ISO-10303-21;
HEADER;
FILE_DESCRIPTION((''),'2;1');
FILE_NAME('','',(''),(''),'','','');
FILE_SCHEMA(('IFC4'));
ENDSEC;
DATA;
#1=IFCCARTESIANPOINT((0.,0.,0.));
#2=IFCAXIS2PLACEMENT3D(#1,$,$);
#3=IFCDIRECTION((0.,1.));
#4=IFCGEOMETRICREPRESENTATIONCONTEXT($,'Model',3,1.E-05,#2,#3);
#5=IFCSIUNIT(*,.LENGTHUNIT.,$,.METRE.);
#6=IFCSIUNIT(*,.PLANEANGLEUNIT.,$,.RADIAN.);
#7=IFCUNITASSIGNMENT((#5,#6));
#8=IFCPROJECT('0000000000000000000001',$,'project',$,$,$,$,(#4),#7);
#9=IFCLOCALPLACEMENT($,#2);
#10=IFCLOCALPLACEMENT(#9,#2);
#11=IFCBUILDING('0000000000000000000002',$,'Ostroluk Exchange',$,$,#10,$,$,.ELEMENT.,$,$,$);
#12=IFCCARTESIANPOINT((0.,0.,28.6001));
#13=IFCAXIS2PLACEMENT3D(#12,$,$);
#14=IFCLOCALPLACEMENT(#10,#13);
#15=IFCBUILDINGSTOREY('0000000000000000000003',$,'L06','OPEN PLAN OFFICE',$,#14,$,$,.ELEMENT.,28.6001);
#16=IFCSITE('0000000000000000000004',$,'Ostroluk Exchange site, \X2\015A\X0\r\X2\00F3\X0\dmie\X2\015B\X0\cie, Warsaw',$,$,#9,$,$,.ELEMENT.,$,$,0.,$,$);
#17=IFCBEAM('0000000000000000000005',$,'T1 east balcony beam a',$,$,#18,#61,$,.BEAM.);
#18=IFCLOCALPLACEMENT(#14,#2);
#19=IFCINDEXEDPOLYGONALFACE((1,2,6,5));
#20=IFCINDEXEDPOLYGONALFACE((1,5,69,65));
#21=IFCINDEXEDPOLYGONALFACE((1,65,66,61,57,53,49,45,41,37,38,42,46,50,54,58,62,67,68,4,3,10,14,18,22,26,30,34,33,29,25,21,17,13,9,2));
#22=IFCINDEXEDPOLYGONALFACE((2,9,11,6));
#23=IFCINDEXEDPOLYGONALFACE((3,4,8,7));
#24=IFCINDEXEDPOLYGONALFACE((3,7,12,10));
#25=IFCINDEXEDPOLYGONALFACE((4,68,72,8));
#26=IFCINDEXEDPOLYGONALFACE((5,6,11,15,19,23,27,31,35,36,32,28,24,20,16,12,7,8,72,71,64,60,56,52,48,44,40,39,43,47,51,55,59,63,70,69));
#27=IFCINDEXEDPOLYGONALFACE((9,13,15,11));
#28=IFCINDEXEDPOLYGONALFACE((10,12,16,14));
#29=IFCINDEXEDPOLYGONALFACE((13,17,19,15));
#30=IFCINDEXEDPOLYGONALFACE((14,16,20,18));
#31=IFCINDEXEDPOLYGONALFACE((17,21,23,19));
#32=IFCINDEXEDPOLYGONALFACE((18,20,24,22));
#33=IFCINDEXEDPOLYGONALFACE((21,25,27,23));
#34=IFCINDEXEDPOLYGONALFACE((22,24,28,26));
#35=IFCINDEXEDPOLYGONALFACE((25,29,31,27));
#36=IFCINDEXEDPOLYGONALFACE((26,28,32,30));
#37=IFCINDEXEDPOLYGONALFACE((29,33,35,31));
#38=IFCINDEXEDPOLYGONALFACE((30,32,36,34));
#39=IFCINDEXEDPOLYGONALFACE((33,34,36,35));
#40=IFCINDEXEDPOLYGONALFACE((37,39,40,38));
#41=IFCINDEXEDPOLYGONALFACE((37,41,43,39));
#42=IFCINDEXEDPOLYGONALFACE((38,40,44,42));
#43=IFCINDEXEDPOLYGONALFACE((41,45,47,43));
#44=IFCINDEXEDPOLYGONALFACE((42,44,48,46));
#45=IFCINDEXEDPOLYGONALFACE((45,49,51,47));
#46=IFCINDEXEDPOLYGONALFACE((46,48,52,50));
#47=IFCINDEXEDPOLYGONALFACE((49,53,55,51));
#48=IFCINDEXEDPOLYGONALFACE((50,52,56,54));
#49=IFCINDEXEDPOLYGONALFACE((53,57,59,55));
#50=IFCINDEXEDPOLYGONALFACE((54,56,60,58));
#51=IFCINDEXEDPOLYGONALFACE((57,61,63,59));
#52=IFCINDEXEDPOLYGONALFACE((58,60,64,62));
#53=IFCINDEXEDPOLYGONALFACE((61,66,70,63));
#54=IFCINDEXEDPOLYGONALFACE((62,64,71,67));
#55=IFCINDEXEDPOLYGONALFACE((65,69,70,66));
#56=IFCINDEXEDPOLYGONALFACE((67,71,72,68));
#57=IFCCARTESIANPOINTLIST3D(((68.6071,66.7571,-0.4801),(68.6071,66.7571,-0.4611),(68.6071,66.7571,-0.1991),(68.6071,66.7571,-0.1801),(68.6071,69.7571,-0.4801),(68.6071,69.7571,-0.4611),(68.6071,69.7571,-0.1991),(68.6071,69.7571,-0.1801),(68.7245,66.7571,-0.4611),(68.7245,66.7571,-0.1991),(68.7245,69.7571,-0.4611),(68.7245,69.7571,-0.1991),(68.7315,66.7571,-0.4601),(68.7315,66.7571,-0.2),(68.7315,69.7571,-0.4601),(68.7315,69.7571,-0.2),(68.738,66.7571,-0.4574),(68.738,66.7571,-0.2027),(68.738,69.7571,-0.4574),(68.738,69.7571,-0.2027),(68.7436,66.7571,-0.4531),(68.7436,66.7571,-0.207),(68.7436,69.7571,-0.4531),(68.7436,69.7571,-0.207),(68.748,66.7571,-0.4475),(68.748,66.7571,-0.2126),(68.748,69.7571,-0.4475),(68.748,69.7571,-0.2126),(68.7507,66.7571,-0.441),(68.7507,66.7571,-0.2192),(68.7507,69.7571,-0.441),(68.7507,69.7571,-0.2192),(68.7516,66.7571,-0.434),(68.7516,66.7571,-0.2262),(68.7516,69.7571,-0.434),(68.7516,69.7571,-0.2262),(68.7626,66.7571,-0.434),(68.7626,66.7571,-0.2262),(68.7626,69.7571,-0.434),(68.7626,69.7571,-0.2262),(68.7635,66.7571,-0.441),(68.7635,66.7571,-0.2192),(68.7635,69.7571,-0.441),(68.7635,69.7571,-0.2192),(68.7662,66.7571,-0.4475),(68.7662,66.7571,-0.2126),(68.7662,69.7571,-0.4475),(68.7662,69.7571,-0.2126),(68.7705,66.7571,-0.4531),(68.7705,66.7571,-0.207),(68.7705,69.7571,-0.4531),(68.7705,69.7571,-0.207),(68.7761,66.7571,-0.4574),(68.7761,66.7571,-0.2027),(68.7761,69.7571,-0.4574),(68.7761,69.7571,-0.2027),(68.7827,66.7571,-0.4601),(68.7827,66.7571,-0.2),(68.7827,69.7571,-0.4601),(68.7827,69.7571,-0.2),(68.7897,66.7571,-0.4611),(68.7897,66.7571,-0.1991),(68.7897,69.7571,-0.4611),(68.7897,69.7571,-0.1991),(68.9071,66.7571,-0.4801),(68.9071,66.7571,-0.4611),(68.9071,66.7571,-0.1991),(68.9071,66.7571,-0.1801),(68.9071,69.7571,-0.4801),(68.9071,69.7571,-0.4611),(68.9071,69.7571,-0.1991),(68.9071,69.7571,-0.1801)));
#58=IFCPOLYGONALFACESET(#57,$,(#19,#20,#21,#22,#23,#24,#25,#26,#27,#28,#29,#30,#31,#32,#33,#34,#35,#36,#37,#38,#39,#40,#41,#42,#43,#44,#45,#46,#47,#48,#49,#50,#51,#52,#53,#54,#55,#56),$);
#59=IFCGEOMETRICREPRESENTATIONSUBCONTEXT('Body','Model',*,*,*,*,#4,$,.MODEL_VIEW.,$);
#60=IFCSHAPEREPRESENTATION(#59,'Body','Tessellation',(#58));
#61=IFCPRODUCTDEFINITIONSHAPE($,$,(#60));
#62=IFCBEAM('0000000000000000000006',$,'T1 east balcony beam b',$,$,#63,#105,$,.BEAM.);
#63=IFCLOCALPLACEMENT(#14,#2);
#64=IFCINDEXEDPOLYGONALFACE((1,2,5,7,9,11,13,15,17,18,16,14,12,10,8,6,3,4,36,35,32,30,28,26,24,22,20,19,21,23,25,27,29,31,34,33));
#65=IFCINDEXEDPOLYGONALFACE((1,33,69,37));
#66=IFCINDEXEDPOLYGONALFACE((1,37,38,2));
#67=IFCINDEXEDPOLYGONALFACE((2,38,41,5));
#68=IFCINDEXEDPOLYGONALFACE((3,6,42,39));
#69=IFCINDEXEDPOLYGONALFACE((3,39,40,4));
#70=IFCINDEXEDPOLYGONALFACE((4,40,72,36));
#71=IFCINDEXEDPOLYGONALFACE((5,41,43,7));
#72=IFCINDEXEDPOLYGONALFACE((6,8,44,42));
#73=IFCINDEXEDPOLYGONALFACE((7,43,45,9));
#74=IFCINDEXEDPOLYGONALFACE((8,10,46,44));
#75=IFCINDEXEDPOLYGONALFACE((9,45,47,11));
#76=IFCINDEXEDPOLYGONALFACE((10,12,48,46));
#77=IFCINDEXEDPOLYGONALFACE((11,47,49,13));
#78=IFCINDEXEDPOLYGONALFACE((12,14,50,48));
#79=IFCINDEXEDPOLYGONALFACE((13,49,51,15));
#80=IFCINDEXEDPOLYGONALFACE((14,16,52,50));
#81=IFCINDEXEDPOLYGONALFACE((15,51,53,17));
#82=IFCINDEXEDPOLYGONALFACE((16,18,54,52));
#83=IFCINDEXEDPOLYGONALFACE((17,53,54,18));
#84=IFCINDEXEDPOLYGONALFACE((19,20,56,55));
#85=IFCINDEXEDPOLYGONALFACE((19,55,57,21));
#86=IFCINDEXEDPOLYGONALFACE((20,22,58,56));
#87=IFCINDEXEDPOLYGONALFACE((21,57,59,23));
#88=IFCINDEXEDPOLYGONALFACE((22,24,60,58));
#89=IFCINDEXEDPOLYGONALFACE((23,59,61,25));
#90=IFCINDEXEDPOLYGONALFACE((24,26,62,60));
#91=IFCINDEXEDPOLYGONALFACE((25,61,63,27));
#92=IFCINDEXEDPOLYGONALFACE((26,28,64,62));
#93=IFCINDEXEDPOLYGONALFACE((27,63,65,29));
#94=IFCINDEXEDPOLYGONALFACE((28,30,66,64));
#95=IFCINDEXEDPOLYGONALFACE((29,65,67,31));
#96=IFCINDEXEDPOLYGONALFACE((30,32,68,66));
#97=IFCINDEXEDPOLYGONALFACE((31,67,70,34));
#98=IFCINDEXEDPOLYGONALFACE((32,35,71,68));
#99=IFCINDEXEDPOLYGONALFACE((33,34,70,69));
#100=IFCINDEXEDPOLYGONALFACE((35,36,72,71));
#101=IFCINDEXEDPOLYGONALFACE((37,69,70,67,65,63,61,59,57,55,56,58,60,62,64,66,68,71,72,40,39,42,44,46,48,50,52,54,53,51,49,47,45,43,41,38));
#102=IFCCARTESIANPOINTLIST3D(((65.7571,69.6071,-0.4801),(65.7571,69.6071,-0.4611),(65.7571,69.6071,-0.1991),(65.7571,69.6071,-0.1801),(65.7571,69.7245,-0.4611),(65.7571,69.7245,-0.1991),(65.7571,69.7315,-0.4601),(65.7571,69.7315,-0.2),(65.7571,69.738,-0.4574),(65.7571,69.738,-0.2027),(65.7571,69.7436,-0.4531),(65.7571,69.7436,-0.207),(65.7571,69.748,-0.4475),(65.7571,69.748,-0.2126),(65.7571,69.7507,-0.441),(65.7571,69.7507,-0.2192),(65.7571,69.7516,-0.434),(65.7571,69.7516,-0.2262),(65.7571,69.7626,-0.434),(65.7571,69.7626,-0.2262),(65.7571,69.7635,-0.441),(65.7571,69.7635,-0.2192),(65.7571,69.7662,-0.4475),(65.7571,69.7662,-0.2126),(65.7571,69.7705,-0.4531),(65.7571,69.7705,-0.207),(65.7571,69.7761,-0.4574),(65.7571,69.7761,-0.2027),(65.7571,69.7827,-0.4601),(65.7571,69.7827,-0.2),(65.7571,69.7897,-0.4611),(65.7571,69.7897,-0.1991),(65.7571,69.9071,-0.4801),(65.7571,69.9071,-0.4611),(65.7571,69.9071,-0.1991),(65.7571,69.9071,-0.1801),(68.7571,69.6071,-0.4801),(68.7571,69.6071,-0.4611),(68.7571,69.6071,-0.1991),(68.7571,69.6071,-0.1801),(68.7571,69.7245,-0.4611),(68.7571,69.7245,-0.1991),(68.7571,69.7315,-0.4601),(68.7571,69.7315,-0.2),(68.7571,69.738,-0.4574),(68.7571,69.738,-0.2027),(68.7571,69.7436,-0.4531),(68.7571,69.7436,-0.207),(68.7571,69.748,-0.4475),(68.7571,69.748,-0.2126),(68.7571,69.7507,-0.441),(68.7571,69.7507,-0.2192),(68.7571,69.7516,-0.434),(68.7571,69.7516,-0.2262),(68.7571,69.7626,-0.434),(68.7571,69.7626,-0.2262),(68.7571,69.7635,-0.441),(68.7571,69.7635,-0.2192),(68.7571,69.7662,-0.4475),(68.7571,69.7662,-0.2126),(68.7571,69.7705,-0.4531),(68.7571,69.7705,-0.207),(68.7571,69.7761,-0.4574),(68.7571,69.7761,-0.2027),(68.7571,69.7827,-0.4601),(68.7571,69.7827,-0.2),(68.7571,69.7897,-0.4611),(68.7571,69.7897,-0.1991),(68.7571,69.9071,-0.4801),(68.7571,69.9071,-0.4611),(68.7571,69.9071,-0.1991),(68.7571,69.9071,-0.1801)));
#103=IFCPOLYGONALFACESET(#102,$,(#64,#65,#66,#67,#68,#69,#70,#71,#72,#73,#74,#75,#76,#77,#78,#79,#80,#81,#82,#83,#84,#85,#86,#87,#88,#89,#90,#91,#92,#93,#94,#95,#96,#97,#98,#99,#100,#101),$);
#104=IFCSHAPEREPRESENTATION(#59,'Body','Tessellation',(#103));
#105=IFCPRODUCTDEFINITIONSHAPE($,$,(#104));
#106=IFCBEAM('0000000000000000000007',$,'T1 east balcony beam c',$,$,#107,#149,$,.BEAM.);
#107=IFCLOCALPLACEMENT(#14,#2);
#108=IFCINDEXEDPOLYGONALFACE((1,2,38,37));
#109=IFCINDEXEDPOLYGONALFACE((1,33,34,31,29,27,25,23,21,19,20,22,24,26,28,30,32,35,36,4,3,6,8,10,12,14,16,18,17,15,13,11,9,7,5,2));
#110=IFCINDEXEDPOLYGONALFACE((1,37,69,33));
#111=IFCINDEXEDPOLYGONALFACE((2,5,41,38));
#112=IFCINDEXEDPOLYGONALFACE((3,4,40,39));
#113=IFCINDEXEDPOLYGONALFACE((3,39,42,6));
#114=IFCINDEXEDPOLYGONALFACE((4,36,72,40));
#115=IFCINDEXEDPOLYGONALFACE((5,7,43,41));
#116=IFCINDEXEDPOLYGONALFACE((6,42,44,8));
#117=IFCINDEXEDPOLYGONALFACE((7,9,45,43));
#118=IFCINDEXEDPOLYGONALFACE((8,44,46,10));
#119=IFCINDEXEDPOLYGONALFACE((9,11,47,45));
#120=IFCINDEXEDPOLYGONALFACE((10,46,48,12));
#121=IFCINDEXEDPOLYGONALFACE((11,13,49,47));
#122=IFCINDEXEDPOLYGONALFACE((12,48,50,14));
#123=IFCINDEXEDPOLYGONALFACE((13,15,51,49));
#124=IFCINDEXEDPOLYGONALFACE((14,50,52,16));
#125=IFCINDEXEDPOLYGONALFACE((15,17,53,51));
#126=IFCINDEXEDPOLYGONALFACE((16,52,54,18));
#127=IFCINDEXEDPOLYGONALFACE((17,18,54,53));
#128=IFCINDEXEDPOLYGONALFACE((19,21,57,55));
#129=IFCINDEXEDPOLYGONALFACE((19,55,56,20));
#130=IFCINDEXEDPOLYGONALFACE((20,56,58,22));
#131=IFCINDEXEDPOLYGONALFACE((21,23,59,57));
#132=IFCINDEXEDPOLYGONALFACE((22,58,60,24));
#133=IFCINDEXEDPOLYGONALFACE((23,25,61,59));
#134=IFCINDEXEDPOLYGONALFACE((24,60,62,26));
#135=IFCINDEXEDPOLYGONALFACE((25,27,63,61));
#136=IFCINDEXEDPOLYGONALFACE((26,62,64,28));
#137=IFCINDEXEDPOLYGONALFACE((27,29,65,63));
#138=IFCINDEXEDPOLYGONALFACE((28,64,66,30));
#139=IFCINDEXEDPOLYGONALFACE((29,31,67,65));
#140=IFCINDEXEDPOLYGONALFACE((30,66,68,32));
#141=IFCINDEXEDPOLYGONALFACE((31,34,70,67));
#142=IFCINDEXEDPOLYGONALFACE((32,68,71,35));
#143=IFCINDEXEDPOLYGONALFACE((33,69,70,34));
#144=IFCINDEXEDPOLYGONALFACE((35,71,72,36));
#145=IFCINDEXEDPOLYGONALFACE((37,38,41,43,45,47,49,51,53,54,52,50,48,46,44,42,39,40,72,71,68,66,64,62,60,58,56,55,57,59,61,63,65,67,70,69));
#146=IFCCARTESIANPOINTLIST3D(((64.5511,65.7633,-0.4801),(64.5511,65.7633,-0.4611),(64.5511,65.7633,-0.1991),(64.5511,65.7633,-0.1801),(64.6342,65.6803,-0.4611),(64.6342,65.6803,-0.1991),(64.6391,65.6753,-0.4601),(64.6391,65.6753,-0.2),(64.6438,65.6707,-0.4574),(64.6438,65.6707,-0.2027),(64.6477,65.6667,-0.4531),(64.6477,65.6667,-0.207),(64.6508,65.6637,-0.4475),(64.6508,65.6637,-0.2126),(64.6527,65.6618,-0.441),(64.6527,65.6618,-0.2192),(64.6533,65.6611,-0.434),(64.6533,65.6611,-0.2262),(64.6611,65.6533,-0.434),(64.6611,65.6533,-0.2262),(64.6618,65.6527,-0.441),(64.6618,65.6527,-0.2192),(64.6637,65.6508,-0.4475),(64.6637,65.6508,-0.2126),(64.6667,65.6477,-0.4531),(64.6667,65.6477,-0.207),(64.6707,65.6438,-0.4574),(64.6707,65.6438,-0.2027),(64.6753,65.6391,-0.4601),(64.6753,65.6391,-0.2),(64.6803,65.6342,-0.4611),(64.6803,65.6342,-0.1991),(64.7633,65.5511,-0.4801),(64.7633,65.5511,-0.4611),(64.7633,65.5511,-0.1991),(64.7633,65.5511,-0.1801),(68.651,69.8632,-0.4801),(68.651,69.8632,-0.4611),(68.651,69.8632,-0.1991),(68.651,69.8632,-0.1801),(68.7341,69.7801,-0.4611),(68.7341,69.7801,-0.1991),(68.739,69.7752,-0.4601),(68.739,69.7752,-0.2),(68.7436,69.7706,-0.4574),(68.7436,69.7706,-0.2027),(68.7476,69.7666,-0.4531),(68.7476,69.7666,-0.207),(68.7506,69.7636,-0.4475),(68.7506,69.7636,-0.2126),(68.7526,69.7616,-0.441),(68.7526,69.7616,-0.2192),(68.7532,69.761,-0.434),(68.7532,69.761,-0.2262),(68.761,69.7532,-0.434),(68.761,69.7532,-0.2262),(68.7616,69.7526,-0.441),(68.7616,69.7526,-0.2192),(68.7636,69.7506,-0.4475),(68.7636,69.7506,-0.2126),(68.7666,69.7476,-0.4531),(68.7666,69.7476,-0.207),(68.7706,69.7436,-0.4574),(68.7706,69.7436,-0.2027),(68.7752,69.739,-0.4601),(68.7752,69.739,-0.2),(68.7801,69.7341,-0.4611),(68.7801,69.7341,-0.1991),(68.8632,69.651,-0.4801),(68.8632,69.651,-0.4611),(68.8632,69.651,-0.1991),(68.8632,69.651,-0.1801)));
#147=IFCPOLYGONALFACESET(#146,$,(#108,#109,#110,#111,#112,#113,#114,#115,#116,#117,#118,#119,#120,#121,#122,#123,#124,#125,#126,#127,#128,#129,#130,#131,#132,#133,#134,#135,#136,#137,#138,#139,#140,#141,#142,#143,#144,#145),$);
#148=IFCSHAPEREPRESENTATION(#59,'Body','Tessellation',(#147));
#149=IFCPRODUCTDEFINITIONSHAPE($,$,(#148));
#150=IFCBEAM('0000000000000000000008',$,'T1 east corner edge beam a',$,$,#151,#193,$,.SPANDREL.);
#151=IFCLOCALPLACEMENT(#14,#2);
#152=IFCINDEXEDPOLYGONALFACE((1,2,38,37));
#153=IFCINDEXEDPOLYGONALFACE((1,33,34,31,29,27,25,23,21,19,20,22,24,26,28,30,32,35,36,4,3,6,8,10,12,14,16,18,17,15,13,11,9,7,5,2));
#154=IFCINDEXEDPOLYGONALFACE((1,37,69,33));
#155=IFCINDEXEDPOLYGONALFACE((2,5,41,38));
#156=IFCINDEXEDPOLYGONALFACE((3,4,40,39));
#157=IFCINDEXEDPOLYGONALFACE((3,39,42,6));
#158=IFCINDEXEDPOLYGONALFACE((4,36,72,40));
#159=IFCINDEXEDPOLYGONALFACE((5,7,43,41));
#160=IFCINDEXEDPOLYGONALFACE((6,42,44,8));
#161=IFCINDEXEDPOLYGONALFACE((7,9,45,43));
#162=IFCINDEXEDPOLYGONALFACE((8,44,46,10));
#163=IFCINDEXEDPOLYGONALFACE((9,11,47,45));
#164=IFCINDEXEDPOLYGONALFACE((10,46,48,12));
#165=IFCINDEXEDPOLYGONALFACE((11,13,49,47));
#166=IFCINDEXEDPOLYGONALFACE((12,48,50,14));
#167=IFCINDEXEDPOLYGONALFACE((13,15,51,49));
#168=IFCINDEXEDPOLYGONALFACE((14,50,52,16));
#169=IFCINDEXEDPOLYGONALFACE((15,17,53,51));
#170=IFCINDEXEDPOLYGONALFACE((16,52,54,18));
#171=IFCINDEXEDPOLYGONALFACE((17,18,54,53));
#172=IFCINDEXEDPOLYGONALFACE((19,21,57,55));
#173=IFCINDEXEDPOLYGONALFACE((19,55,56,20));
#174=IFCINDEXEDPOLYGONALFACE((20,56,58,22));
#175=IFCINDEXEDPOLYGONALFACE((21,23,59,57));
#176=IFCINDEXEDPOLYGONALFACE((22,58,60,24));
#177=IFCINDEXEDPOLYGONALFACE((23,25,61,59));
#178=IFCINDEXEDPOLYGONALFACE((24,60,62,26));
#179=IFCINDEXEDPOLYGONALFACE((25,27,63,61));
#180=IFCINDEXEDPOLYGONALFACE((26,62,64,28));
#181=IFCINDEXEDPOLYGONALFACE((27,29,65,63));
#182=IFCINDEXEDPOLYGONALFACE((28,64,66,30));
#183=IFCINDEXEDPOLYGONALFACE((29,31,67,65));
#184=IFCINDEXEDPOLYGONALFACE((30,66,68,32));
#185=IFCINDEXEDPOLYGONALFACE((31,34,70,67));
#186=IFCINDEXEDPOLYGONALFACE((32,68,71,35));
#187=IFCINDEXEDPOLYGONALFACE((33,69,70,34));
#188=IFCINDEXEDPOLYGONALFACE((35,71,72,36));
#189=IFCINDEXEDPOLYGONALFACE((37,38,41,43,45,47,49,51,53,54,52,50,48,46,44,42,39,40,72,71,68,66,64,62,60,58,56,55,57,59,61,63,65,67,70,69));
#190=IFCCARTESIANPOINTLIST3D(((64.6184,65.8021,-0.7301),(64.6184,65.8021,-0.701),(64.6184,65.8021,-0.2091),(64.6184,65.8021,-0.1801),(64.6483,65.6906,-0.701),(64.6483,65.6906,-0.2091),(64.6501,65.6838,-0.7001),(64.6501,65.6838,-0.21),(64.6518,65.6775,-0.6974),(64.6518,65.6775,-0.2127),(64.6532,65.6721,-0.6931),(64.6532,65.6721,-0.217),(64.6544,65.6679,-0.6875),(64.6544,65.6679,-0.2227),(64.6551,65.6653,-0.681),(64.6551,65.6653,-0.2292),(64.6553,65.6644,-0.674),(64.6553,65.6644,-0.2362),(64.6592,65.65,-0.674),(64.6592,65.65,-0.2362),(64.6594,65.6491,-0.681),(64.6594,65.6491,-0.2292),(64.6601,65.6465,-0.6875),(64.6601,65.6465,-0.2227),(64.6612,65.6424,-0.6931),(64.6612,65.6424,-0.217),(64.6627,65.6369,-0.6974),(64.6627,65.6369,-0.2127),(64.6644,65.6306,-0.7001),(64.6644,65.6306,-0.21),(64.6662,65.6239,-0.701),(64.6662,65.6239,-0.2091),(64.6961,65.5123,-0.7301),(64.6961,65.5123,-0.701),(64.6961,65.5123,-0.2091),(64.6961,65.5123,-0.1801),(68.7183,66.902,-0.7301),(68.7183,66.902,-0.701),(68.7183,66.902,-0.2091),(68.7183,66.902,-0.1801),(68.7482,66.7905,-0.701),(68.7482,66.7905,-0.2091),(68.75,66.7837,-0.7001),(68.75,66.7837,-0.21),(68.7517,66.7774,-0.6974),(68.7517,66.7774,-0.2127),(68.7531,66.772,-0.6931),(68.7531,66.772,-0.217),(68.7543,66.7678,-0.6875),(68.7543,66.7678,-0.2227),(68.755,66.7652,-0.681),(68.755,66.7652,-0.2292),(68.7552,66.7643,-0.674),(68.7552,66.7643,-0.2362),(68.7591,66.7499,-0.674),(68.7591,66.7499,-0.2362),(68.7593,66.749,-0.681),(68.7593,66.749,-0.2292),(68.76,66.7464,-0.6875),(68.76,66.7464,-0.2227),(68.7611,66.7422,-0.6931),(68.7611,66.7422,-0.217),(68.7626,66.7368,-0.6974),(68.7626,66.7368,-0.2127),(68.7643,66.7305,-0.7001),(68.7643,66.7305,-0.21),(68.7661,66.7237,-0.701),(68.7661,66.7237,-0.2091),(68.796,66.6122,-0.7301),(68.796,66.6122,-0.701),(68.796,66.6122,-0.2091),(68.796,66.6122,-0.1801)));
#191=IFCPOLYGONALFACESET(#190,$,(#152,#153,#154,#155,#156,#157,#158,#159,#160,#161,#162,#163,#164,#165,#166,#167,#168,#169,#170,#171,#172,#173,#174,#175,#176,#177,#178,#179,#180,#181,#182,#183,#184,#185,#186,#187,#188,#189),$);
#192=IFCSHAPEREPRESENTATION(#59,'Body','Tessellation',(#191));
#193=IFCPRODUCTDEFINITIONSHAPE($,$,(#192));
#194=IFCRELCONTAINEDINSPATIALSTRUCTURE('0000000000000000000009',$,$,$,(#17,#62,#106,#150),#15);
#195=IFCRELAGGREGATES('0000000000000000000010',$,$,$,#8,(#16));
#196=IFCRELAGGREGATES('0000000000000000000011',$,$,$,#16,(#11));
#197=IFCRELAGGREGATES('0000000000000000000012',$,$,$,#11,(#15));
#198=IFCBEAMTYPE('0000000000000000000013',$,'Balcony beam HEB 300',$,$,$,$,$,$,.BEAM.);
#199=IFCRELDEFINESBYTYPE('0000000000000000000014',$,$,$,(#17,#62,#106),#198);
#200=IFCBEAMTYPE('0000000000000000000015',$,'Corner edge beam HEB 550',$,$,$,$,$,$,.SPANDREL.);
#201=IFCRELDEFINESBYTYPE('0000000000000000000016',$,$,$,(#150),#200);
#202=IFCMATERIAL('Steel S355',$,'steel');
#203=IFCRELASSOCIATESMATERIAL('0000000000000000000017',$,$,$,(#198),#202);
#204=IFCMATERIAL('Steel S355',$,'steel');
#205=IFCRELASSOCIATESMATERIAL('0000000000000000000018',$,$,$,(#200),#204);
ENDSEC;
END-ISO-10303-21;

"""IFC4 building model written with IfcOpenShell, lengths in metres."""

from ifc_helpers import new_model, si_unit, direction, frame, origin, origin_2d, place, context, subcontext, project, spatial, i_section, extrude, material, material_profile, profile_set, type_object, element, save


model = new_model("IFC4")

# Units and contexts
model_context = context("Model", 3, precision=1e-05, world=origin(), true_north=direction((0.0, 1.0)))
body_context = subcontext(model_context, "Body", "Model", "MODEL_VIEW")
ifc_project = project(units=[si_unit("LENGTHUNIT", "METRE"), si_unit("PLANEANGLEUNIT", "RADIAN")], contexts=[model_context])

# Site, building, storey
site_placement = place(None, origin())
site = spatial("IfcSite", under=ifc_project, at=site_placement, Name="Ostroluk Exchange site, Śródmieście, Warsaw", CompositionType="ELEMENT", RefElevation=0.0)
building_placement = place(site_placement, origin())
building = spatial("IfcBuilding", under=site, at=building_placement, Name="Ostroluk Exchange", CompositionType="ELEMENT")
storey_placement = place(building_placement, frame((0.0, 0.0, 28.6001)))
storey = spatial("IfcBuildingStorey", under=building, at=storey_placement, Name="L06", Description="OPEN PLAN OFFICE", CompositionType="ELEMENT", Elevation=28.6001)

# Beams
ifc_material_1 = material(Name="Steel S355", Category="steel")
ifc_material_profile_1 = material_profile(ifc_material_1, i_section(OverallWidth=0.3, OverallDepth=0.3, WebThickness=0.011, FlangeThickness=0.019, FilletRadius=0.0271, at=origin_2d()), Name="HEB 300")
ifc_profile_set_1 = profile_set([ifc_material_profile_1], Name="Steel S355")
beam_type_1 = type_object("IfcBeamType", Name="Balcony beam HEB 300", PredefinedType="BEAM", material=ifc_profile_set_1)
for number, where, z_axis, x_axis, name in (
    (1, (68.7571, 66.7571, -0.3301), (0.0, 1.0, 0.0), (-1.0, 0.0, 0.0), "T1 east balcony beam a"),
    (2, (65.7571, 69.7571, -0.3301), (1.0, 0.0, 0.0), (0.0, 1.0, 0.0), "T1 east balcony beam b"),
):
    element("IfcBeam", number, at=place(storey_placement, frame(where, z_axis=z_axis, x_axis=x_axis)), inside=storey, type_object=beam_type_1, Name=name, PredefinedType="BEAM", context=body_context, shape_type="SweptSolid", body=[
        extrude(i_section(OverallWidth=0.3, OverallDepth=0.3, WebThickness=0.011, FlangeThickness=0.019, FilletRadius=0.0271, at=origin_2d()), origin(), (0.0, 0.0, 1.0), 3.0),
    ])
beam_1_placement = place(storey_placement, frame((64.6572, 65.6572, -0.3301), z_axis=(0.707107, 0.707107, 0.0), x_axis=(-0.707107, 0.707107, 0.0)))
element("IfcBeam", 3, at=beam_1_placement, inside=storey, type_object=beam_type_1, Name="T1 east balcony beam c", PredefinedType="BEAM", context=body_context, shape_type="SweptSolid", body=[
    extrude(i_section(OverallWidth=0.3, OverallDepth=0.3, WebThickness=0.011, FlangeThickness=0.019, FilletRadius=0.0271, at=origin_2d()), origin(), (0.0, 0.0, 1.0), 5.7981),
])
ifc_material_2 = material(Name="Steel S355", Category="steel")
ifc_material_profile_2 = material_profile(ifc_material_2, i_section(OverallWidth=0.3, OverallDepth=0.55, WebThickness=0.0149, FlangeThickness=0.0291, FilletRadius=0.0271, at=origin_2d()), Name="HEB 550")
ifc_profile_set_2 = profile_set([ifc_material_profile_2], Name="Steel S355")
beam_type_2 = type_object("IfcBeamType", Name="Corner edge beam HEB 550", PredefinedType="SPANDREL", material=ifc_profile_set_2)
for number, where, z_axis, x_axis, name in (
    (4, (64.6572, 65.6572, -0.4551), (0.965849, 0.259105, 0.0), (-0.259105, 0.965849, 0.0), "T1 east corner edge beam a"),
):
    element("IfcBeam", number, at=place(storey_placement, frame(where, z_axis=z_axis, x_axis=x_axis)), inside=storey, type_object=beam_type_2, Name=name, PredefinedType="SPANDREL", context=body_context, shape_type="SweptSolid", body=[
        extrude(i_section(OverallWidth=0.3, OverallDepth=0.55, WebThickness=0.0149, FlangeThickness=0.0291, FilletRadius=0.0271, at=origin_2d()), origin(), (0.0, 0.0, 1.0), 4.2449),
    ])

save(model, "model.ifc")
